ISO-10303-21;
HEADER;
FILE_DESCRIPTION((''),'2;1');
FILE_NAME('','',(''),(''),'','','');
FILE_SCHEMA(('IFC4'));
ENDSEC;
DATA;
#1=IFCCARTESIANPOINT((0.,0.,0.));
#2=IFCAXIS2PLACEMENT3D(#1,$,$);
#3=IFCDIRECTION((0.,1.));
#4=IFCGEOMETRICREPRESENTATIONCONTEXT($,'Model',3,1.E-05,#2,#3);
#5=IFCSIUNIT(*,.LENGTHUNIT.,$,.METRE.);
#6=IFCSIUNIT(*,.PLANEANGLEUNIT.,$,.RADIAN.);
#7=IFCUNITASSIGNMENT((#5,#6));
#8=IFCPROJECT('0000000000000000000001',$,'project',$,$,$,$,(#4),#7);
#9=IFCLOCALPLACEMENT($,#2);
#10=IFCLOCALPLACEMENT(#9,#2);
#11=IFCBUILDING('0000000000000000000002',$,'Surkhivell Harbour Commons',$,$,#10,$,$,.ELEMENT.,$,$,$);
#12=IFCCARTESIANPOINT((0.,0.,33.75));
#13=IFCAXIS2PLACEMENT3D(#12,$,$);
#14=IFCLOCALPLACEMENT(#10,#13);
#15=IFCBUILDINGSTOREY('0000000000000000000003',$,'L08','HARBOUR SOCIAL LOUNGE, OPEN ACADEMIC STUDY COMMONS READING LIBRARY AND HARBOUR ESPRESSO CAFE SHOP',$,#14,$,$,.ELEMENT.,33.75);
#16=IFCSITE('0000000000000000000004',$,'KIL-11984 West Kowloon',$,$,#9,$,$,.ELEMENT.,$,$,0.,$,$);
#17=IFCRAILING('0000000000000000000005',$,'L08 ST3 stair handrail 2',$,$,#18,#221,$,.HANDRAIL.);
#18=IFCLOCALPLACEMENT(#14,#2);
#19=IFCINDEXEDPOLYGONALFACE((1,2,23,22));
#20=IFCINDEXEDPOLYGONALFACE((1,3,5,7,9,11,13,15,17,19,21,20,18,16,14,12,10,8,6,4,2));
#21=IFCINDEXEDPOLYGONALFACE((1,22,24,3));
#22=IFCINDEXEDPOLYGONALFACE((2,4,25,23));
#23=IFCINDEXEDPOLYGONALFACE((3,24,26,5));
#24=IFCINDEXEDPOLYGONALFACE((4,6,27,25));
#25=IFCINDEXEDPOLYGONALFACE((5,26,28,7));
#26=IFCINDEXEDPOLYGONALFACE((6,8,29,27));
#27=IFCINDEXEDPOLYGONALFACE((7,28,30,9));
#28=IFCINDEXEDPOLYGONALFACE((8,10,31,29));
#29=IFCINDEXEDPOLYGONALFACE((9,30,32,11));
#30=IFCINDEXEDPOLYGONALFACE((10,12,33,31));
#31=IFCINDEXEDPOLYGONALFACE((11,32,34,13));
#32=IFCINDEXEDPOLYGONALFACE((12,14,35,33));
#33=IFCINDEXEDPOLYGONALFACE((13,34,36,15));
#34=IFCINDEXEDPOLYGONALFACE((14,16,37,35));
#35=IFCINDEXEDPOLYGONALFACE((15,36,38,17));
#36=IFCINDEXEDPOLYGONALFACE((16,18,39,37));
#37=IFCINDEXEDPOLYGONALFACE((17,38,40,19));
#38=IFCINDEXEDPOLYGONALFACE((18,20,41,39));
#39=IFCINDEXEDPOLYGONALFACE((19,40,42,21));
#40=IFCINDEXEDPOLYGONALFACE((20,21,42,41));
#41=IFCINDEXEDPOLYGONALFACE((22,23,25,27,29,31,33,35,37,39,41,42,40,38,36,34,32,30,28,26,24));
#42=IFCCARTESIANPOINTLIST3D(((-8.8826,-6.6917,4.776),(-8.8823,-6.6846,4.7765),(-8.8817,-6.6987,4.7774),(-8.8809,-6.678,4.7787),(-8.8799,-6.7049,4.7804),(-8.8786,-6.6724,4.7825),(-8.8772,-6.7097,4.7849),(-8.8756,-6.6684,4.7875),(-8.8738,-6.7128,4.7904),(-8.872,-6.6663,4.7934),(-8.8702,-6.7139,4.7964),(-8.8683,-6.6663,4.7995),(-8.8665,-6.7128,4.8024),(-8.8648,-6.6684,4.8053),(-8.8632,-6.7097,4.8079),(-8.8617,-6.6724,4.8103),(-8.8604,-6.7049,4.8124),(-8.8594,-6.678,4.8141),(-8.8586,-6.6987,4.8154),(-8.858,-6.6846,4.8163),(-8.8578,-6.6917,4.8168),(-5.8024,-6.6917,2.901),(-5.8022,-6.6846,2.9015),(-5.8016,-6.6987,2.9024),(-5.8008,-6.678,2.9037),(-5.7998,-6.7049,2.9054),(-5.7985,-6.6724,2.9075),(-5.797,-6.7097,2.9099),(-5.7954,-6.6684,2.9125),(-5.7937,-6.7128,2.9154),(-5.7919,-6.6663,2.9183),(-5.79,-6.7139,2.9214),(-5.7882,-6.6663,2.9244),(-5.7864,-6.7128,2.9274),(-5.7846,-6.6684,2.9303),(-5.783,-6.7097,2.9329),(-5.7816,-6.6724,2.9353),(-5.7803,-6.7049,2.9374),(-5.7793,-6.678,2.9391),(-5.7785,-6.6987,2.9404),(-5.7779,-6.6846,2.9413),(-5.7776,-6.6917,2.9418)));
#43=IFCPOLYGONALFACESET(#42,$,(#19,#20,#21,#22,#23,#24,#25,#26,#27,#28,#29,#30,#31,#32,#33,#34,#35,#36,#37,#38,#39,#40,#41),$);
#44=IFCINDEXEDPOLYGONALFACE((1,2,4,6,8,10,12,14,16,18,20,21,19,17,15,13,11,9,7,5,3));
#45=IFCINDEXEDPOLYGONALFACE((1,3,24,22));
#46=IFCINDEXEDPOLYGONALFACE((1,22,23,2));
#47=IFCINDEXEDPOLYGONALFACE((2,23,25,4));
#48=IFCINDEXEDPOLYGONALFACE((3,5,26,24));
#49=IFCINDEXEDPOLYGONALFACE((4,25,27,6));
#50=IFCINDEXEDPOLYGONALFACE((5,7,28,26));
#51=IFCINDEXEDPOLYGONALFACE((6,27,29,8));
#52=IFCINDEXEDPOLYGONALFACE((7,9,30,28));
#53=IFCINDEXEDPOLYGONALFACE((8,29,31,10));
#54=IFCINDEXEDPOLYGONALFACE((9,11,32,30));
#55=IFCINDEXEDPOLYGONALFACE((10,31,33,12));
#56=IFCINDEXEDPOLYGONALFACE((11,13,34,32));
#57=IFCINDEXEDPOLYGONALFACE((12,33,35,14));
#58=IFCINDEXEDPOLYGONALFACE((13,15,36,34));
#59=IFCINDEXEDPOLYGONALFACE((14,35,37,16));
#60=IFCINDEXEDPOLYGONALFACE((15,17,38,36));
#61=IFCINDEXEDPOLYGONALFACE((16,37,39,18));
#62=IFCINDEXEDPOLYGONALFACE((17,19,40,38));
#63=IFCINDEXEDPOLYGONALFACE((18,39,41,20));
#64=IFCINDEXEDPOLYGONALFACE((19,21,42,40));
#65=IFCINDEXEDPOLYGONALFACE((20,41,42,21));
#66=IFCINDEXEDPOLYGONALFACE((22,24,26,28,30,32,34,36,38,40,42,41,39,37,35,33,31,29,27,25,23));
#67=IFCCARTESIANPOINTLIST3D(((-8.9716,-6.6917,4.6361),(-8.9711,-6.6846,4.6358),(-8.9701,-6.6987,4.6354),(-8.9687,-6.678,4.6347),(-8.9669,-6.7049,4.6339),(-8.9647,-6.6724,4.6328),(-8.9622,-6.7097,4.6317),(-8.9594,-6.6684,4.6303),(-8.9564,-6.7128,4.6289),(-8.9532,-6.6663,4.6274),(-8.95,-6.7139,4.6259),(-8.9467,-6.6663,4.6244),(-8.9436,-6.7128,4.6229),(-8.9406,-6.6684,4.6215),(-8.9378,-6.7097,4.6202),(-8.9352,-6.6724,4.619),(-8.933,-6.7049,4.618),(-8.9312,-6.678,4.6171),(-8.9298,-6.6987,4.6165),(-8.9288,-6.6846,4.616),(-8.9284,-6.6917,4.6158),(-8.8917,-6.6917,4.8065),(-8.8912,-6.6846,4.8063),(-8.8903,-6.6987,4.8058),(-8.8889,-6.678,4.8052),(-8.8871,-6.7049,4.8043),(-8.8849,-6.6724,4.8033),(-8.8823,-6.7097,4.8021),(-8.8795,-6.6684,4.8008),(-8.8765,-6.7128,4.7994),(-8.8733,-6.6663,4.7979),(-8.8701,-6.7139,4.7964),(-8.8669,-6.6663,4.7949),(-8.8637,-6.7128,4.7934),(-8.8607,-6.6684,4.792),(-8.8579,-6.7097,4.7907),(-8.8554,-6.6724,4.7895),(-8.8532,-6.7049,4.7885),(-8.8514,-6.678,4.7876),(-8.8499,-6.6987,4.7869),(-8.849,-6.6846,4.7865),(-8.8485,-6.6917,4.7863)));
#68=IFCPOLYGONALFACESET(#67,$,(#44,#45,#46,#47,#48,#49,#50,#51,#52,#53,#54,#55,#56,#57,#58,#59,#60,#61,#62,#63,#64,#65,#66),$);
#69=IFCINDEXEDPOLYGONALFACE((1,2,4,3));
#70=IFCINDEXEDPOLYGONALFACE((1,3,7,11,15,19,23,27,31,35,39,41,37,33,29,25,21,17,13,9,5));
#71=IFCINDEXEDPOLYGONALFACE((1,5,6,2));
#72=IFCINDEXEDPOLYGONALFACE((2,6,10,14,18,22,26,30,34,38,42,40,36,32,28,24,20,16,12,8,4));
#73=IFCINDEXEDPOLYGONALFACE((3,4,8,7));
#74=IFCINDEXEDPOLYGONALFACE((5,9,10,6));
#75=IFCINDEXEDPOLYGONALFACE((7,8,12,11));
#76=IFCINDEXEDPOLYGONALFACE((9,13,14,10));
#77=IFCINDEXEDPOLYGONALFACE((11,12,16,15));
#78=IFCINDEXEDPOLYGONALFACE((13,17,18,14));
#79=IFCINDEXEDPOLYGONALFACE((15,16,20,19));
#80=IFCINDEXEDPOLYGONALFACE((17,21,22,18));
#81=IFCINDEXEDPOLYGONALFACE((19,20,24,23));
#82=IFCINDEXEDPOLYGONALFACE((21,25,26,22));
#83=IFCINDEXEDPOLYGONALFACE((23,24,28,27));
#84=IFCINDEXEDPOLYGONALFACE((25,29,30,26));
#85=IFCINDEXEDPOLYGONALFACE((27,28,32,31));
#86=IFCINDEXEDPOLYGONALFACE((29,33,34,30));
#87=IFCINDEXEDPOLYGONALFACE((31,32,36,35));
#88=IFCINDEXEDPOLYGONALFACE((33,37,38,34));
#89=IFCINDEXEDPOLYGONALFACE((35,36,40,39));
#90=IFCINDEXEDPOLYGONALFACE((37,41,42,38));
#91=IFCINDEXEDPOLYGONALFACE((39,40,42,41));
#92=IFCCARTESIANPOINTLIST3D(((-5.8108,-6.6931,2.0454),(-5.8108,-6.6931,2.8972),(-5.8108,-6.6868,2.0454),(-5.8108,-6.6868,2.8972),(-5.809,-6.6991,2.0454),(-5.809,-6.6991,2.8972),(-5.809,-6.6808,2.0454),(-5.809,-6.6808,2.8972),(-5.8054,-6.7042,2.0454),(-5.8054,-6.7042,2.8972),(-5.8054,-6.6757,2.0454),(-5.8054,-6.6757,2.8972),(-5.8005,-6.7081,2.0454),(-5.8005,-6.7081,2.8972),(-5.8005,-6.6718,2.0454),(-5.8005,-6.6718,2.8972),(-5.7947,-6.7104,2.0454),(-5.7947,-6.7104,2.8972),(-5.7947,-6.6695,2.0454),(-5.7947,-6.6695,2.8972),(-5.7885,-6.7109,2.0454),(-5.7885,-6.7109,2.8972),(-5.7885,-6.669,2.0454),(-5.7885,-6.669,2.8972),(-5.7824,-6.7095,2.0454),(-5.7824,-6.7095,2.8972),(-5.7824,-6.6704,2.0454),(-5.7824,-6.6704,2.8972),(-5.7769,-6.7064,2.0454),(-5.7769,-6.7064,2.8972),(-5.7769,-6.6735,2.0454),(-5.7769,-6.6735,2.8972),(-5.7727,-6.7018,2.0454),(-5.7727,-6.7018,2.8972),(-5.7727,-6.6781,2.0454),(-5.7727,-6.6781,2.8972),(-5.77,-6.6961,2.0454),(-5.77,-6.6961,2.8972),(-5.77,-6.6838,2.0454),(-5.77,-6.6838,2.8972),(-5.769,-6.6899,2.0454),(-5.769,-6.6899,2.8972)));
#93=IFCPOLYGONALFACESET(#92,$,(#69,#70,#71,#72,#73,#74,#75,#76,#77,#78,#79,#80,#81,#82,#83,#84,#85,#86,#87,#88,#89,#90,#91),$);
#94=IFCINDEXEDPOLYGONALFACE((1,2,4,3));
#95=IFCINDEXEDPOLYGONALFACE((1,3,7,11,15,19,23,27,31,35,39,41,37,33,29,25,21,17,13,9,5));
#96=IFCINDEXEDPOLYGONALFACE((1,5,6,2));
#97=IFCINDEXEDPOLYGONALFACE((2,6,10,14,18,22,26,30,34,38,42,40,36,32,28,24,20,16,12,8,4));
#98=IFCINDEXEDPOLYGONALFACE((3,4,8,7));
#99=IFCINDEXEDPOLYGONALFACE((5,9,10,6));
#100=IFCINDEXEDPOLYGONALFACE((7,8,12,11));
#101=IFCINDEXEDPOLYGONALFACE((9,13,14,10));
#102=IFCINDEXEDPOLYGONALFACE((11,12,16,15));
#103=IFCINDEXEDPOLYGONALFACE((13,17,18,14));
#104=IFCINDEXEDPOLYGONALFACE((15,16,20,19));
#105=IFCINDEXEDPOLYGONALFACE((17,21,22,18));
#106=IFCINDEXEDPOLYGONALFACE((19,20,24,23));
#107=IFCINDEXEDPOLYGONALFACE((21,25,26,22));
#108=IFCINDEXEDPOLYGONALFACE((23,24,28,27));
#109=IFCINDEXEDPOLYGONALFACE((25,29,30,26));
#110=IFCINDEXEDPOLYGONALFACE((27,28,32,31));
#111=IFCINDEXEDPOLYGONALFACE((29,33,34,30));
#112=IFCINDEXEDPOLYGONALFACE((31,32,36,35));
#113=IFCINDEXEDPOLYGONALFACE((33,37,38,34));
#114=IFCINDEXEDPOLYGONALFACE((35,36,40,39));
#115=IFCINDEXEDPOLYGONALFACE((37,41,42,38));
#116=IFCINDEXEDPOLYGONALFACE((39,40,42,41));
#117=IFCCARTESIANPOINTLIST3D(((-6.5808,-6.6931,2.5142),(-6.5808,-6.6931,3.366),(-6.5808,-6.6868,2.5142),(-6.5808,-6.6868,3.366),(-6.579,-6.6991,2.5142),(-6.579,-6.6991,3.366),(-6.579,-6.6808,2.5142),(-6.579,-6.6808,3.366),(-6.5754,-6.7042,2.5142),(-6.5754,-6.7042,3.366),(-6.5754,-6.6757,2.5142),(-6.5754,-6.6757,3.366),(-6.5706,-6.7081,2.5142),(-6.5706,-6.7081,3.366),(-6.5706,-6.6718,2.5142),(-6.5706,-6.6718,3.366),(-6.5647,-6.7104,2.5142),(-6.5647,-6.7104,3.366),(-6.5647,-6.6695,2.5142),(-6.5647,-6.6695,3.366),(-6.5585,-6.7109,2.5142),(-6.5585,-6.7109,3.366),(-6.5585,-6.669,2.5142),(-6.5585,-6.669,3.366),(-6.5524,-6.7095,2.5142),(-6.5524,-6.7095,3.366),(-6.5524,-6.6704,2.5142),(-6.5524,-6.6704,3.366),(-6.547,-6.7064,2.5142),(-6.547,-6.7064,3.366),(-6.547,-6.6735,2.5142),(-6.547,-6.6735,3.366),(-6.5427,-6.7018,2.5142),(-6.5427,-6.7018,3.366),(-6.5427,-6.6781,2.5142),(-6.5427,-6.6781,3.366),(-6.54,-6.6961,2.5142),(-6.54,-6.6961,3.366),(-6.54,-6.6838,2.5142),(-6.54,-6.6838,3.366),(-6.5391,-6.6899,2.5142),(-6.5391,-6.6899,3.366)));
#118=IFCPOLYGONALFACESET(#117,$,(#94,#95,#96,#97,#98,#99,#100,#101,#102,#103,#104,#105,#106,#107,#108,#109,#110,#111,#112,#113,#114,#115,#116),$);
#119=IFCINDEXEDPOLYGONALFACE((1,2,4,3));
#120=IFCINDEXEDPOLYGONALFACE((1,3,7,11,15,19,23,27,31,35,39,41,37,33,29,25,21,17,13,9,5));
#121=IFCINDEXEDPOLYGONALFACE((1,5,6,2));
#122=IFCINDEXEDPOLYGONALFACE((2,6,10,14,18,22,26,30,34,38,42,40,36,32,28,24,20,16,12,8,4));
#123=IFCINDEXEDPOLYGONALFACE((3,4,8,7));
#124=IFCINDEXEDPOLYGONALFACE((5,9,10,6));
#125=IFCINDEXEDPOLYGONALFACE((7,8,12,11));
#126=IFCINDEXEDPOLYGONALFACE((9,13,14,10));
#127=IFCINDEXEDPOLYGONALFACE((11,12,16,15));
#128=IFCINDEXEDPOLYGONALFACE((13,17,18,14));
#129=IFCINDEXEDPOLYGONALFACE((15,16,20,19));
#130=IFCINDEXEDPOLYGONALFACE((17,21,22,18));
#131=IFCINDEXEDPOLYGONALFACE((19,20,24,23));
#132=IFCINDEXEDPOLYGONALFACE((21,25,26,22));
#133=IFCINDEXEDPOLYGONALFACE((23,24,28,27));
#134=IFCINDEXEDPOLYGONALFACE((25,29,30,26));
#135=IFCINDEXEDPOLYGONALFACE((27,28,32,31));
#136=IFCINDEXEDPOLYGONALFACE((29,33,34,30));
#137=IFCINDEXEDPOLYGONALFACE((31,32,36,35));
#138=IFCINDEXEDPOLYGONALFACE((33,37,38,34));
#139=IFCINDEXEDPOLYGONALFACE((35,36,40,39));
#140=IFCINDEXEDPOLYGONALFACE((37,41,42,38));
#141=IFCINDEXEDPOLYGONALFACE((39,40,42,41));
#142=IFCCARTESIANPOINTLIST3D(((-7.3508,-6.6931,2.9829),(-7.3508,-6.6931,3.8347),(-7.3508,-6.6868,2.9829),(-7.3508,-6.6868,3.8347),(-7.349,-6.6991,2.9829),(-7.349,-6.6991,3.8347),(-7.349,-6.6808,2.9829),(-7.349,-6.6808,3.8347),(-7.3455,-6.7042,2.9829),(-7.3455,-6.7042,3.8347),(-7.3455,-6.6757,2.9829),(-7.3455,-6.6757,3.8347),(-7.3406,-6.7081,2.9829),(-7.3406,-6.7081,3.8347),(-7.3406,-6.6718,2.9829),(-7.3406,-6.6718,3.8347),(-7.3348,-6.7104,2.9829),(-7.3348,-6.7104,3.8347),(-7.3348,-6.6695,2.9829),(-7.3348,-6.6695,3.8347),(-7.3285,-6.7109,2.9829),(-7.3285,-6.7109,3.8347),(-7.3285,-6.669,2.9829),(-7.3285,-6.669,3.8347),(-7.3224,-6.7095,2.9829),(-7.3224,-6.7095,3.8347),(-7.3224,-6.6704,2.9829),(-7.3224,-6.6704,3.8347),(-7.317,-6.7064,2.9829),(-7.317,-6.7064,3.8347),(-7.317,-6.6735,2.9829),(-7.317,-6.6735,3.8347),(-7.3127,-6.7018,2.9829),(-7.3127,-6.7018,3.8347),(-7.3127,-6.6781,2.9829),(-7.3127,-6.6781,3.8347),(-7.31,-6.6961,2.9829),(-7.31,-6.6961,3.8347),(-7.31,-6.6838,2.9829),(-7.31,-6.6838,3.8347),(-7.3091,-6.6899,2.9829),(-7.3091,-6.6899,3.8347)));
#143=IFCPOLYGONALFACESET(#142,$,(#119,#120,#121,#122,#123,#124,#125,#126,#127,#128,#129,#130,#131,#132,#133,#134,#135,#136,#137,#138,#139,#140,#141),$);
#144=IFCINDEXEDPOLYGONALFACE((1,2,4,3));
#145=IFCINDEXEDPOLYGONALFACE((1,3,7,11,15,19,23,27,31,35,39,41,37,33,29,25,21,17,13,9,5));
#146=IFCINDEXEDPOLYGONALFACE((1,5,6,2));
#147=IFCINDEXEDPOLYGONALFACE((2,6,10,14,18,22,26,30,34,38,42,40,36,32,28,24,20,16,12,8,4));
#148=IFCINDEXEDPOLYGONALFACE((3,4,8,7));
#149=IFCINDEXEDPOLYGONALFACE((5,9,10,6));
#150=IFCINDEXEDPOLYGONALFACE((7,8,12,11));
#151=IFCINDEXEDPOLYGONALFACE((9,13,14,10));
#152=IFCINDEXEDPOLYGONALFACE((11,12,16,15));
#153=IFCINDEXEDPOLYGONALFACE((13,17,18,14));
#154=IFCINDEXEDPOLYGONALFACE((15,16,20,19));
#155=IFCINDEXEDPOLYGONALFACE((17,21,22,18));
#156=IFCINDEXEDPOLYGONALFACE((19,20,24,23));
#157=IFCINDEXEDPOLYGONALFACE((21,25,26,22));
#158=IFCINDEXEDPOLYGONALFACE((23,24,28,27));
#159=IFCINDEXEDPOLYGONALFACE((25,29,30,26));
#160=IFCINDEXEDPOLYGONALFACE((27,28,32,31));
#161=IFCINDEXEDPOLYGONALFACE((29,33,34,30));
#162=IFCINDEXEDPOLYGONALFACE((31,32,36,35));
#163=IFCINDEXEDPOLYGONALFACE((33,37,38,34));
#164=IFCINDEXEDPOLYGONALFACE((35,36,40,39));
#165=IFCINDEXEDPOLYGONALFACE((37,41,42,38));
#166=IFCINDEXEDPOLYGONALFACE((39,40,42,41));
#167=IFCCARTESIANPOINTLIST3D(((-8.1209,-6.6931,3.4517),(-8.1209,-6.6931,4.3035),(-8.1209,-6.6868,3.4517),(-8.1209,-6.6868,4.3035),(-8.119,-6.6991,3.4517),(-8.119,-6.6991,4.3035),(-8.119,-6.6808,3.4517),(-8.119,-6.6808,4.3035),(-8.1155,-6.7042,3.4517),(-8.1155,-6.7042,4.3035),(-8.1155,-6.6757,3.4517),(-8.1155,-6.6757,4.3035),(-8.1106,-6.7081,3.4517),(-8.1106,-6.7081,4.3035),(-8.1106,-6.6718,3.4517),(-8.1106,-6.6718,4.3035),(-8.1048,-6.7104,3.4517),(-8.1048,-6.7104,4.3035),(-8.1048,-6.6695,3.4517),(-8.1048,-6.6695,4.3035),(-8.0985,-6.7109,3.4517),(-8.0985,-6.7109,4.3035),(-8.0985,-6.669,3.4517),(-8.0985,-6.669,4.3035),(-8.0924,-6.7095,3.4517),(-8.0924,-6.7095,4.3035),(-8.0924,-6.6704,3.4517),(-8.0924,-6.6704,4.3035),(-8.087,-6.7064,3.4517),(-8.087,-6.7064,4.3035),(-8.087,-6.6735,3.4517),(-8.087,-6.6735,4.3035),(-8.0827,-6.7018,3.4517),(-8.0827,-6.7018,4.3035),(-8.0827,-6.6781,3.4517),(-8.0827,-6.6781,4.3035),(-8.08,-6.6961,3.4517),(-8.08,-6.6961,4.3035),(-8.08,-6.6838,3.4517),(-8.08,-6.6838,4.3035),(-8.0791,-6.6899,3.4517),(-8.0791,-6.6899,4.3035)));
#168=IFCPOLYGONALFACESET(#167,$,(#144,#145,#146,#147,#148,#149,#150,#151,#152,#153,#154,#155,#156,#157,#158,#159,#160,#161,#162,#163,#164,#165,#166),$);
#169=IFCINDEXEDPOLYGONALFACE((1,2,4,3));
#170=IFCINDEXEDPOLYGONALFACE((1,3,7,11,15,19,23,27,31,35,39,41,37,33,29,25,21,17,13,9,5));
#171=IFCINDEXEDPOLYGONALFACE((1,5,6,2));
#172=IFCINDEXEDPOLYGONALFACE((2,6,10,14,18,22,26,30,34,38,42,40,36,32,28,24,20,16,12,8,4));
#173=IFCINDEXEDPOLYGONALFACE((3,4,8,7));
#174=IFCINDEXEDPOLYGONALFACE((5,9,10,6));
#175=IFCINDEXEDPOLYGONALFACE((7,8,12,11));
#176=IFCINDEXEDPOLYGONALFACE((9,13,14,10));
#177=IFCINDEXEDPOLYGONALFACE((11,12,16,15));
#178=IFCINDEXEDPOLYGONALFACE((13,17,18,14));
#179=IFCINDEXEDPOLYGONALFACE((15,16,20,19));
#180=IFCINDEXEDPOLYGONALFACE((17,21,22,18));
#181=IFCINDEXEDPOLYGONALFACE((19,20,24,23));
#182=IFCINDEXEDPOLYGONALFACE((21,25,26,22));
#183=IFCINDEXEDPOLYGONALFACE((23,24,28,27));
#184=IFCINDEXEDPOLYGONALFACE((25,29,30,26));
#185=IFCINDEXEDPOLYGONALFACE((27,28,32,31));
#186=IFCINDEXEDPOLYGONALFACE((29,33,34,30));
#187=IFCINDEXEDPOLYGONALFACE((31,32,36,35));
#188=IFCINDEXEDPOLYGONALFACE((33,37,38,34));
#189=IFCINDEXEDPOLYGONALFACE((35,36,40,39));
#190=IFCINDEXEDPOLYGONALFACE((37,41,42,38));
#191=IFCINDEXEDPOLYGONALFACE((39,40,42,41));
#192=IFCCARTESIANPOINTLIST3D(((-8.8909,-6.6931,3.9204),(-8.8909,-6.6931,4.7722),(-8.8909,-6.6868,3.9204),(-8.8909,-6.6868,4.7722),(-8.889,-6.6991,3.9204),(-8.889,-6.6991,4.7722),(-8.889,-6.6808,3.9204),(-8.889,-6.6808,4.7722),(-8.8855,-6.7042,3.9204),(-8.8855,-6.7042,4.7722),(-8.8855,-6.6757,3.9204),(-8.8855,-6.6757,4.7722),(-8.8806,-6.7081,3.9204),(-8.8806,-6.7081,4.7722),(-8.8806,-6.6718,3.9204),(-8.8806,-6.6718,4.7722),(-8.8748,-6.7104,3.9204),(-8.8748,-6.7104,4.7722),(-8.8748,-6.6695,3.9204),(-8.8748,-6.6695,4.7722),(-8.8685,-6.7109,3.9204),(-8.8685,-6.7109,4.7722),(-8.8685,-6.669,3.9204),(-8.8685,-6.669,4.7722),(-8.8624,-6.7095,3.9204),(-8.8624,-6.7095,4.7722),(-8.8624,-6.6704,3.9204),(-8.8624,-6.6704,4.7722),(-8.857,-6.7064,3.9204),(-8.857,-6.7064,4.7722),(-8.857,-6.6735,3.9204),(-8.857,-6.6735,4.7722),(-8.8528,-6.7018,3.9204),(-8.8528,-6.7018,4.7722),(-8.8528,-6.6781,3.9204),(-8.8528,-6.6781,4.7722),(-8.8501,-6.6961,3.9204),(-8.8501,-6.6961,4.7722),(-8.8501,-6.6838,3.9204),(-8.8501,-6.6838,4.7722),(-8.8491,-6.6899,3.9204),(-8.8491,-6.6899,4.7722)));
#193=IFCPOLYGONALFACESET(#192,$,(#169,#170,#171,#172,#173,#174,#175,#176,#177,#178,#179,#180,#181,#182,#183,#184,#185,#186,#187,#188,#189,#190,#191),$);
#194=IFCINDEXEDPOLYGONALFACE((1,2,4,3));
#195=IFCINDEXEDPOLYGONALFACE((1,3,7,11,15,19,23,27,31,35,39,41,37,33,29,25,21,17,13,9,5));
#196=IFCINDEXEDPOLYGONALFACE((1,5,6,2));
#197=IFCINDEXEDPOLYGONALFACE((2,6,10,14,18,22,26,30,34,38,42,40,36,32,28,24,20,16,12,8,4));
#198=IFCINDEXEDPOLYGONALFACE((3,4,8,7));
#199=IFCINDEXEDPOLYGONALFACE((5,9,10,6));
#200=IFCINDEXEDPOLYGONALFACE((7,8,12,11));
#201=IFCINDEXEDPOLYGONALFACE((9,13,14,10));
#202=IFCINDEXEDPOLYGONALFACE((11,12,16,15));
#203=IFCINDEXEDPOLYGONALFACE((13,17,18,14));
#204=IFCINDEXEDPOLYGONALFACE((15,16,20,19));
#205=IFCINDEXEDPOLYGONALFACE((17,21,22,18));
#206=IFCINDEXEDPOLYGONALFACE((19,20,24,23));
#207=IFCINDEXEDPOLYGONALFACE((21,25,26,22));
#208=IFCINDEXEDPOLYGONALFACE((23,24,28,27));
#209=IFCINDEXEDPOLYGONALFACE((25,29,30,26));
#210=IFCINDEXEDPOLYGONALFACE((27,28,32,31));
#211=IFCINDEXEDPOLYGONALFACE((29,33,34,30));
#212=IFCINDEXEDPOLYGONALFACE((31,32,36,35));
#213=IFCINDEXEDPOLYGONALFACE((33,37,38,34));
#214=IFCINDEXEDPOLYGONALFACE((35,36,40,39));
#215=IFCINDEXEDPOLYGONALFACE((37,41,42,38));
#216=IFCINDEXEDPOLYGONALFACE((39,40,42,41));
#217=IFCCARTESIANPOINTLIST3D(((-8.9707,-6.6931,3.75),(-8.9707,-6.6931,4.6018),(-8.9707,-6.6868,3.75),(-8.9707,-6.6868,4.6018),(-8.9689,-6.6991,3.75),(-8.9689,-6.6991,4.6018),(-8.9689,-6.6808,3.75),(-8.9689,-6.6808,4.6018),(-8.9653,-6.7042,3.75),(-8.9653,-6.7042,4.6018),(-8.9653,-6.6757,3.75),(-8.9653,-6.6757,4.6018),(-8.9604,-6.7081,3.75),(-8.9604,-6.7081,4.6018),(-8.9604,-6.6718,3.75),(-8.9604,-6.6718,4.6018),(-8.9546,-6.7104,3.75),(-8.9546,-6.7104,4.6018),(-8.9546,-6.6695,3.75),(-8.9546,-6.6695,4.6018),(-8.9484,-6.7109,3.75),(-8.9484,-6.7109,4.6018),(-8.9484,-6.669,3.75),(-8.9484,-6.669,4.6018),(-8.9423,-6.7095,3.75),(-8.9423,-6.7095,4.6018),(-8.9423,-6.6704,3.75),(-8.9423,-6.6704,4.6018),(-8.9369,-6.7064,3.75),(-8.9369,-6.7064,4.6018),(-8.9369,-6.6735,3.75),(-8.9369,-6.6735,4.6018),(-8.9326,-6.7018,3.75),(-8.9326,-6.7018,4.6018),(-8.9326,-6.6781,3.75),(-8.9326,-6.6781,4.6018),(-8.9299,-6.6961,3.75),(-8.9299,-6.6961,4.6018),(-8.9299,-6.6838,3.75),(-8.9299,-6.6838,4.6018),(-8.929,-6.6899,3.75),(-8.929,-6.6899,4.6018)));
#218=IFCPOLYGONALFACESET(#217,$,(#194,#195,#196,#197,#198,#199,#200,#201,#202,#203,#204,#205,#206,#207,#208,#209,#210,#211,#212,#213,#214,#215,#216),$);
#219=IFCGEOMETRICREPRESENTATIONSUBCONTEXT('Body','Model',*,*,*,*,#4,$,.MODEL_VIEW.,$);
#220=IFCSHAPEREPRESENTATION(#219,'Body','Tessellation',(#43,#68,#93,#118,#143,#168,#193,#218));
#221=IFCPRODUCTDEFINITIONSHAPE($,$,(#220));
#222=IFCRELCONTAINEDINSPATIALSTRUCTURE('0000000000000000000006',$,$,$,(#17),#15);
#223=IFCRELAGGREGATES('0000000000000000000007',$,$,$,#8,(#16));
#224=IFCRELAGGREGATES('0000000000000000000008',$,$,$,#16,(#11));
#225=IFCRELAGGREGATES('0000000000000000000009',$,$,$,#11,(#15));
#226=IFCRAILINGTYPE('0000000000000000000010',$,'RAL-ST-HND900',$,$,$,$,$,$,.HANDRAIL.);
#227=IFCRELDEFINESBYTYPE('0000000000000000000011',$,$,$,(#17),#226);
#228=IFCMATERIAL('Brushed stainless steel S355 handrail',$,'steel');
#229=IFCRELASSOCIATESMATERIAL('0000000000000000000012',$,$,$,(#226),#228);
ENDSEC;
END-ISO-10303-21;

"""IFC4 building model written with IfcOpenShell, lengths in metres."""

from ifc_helpers import new_model, si_unit, direction, frame, origin, origin_2d, place, context, subcontext, project, spatial, circle, extrude, material, type_object, element, save


model = new_model("IFC4")

# Units and contexts
model_context = context("Model", 3, precision=1e-05, world=origin(), true_north=direction((0.0, 1.0)))
body_context = subcontext(model_context, "Body", "Model", "MODEL_VIEW")
ifc_project = project(units=[si_unit("LENGTHUNIT", "METRE"), si_unit("PLANEANGLEUNIT", "RADIAN")], contexts=[model_context])

# Site, building, storey
site_placement = place(None, origin())
site = spatial("IfcSite", under=ifc_project, at=site_placement, Name="KIL-11984 West Kowloon", CompositionType="ELEMENT", RefElevation=0.0)
building_placement = place(site_placement, origin())
building = spatial("IfcBuilding", under=site, at=building_placement, Name="Surkhivell Harbour Commons", CompositionType="ELEMENT")
storey_placement = place(building_placement, frame((0.0, 0.0, 33.75)))
storey = spatial("IfcBuildingStorey", under=building, at=storey_placement, Name="L08", Description="HARBOUR SOCIAL LOUNGE, OPEN ACADEMIC STUDY COMMONS READING LIBRARY AND HARBOUR ESPRESSO CAFE SHOP", CompositionType="ELEMENT", Elevation=33.75)

# Railing
ifc_material_1 = material(Name="Brushed stainless steel S355 handrail", Category="steel")
railing_type_1 = type_object("IfcRailingType", Name="RAL-ST-HND900", PredefinedType="HANDRAIL", material=ifc_material_1)
railing_1_placement = place(storey_placement, frame((-5.79, -6.6899, 2.0454)))
element("IfcRailing", 1, at=railing_1_placement, inside=storey, type_object=railing_type_1, Name="L08 ST3 stair handrail 2", PredefinedType="HANDRAIL", context=body_context, shape_type="SweptSolid", body=[
    extrude(circle(Radius=0.0239, at=origin_2d()), frame((0.0, 0.0, 0.876), z_axis=(-0.854178, 0.0, 0.519981), x_axis=(0.0, -1.0, 0.0)), (0.0, 0.0, 1.0), 3.606),
    extrude(circle(Radius=0.0239, at=origin_2d()), frame((-3.0801, 0.0, 2.751), z_axis=(-0.424234, 0.0, -0.905552), x_axis=(0.0, -1.0, 0.0)), (0.0, 0.0, 1.0), 0.1882),
    extrude(circle(Radius=0.021, at=origin_2d()), origin(), (0.0, 0.0, 1.0), 0.8518),
    extrude(circle(Radius=0.021, at=origin_2d()), frame((-0.77, 0.0, 0.4688)), (0.0, 0.0, 1.0), 0.8518),
    extrude(circle(Radius=0.021, at=origin_2d()), frame((-1.54, 0.0, 0.9375)), (0.0, 0.0, 1.0), 0.8518),
    extrude(circle(Radius=0.021, at=origin_2d()), frame((-2.3101, 0.0, 1.4062)), (0.0, 0.0, 1.0), 0.8518),
    extrude(circle(Radius=0.021, at=origin_2d()), frame((-3.0801, 0.0, 1.875)), (0.0, 0.0, 1.0), 0.8518),
    extrude(circle(Radius=0.021, at=origin_2d()), frame((-3.1599, 0.0, 1.7046)), (0.0, 0.0, 1.0), 0.8518),
])

save(model, "model.ifc")
